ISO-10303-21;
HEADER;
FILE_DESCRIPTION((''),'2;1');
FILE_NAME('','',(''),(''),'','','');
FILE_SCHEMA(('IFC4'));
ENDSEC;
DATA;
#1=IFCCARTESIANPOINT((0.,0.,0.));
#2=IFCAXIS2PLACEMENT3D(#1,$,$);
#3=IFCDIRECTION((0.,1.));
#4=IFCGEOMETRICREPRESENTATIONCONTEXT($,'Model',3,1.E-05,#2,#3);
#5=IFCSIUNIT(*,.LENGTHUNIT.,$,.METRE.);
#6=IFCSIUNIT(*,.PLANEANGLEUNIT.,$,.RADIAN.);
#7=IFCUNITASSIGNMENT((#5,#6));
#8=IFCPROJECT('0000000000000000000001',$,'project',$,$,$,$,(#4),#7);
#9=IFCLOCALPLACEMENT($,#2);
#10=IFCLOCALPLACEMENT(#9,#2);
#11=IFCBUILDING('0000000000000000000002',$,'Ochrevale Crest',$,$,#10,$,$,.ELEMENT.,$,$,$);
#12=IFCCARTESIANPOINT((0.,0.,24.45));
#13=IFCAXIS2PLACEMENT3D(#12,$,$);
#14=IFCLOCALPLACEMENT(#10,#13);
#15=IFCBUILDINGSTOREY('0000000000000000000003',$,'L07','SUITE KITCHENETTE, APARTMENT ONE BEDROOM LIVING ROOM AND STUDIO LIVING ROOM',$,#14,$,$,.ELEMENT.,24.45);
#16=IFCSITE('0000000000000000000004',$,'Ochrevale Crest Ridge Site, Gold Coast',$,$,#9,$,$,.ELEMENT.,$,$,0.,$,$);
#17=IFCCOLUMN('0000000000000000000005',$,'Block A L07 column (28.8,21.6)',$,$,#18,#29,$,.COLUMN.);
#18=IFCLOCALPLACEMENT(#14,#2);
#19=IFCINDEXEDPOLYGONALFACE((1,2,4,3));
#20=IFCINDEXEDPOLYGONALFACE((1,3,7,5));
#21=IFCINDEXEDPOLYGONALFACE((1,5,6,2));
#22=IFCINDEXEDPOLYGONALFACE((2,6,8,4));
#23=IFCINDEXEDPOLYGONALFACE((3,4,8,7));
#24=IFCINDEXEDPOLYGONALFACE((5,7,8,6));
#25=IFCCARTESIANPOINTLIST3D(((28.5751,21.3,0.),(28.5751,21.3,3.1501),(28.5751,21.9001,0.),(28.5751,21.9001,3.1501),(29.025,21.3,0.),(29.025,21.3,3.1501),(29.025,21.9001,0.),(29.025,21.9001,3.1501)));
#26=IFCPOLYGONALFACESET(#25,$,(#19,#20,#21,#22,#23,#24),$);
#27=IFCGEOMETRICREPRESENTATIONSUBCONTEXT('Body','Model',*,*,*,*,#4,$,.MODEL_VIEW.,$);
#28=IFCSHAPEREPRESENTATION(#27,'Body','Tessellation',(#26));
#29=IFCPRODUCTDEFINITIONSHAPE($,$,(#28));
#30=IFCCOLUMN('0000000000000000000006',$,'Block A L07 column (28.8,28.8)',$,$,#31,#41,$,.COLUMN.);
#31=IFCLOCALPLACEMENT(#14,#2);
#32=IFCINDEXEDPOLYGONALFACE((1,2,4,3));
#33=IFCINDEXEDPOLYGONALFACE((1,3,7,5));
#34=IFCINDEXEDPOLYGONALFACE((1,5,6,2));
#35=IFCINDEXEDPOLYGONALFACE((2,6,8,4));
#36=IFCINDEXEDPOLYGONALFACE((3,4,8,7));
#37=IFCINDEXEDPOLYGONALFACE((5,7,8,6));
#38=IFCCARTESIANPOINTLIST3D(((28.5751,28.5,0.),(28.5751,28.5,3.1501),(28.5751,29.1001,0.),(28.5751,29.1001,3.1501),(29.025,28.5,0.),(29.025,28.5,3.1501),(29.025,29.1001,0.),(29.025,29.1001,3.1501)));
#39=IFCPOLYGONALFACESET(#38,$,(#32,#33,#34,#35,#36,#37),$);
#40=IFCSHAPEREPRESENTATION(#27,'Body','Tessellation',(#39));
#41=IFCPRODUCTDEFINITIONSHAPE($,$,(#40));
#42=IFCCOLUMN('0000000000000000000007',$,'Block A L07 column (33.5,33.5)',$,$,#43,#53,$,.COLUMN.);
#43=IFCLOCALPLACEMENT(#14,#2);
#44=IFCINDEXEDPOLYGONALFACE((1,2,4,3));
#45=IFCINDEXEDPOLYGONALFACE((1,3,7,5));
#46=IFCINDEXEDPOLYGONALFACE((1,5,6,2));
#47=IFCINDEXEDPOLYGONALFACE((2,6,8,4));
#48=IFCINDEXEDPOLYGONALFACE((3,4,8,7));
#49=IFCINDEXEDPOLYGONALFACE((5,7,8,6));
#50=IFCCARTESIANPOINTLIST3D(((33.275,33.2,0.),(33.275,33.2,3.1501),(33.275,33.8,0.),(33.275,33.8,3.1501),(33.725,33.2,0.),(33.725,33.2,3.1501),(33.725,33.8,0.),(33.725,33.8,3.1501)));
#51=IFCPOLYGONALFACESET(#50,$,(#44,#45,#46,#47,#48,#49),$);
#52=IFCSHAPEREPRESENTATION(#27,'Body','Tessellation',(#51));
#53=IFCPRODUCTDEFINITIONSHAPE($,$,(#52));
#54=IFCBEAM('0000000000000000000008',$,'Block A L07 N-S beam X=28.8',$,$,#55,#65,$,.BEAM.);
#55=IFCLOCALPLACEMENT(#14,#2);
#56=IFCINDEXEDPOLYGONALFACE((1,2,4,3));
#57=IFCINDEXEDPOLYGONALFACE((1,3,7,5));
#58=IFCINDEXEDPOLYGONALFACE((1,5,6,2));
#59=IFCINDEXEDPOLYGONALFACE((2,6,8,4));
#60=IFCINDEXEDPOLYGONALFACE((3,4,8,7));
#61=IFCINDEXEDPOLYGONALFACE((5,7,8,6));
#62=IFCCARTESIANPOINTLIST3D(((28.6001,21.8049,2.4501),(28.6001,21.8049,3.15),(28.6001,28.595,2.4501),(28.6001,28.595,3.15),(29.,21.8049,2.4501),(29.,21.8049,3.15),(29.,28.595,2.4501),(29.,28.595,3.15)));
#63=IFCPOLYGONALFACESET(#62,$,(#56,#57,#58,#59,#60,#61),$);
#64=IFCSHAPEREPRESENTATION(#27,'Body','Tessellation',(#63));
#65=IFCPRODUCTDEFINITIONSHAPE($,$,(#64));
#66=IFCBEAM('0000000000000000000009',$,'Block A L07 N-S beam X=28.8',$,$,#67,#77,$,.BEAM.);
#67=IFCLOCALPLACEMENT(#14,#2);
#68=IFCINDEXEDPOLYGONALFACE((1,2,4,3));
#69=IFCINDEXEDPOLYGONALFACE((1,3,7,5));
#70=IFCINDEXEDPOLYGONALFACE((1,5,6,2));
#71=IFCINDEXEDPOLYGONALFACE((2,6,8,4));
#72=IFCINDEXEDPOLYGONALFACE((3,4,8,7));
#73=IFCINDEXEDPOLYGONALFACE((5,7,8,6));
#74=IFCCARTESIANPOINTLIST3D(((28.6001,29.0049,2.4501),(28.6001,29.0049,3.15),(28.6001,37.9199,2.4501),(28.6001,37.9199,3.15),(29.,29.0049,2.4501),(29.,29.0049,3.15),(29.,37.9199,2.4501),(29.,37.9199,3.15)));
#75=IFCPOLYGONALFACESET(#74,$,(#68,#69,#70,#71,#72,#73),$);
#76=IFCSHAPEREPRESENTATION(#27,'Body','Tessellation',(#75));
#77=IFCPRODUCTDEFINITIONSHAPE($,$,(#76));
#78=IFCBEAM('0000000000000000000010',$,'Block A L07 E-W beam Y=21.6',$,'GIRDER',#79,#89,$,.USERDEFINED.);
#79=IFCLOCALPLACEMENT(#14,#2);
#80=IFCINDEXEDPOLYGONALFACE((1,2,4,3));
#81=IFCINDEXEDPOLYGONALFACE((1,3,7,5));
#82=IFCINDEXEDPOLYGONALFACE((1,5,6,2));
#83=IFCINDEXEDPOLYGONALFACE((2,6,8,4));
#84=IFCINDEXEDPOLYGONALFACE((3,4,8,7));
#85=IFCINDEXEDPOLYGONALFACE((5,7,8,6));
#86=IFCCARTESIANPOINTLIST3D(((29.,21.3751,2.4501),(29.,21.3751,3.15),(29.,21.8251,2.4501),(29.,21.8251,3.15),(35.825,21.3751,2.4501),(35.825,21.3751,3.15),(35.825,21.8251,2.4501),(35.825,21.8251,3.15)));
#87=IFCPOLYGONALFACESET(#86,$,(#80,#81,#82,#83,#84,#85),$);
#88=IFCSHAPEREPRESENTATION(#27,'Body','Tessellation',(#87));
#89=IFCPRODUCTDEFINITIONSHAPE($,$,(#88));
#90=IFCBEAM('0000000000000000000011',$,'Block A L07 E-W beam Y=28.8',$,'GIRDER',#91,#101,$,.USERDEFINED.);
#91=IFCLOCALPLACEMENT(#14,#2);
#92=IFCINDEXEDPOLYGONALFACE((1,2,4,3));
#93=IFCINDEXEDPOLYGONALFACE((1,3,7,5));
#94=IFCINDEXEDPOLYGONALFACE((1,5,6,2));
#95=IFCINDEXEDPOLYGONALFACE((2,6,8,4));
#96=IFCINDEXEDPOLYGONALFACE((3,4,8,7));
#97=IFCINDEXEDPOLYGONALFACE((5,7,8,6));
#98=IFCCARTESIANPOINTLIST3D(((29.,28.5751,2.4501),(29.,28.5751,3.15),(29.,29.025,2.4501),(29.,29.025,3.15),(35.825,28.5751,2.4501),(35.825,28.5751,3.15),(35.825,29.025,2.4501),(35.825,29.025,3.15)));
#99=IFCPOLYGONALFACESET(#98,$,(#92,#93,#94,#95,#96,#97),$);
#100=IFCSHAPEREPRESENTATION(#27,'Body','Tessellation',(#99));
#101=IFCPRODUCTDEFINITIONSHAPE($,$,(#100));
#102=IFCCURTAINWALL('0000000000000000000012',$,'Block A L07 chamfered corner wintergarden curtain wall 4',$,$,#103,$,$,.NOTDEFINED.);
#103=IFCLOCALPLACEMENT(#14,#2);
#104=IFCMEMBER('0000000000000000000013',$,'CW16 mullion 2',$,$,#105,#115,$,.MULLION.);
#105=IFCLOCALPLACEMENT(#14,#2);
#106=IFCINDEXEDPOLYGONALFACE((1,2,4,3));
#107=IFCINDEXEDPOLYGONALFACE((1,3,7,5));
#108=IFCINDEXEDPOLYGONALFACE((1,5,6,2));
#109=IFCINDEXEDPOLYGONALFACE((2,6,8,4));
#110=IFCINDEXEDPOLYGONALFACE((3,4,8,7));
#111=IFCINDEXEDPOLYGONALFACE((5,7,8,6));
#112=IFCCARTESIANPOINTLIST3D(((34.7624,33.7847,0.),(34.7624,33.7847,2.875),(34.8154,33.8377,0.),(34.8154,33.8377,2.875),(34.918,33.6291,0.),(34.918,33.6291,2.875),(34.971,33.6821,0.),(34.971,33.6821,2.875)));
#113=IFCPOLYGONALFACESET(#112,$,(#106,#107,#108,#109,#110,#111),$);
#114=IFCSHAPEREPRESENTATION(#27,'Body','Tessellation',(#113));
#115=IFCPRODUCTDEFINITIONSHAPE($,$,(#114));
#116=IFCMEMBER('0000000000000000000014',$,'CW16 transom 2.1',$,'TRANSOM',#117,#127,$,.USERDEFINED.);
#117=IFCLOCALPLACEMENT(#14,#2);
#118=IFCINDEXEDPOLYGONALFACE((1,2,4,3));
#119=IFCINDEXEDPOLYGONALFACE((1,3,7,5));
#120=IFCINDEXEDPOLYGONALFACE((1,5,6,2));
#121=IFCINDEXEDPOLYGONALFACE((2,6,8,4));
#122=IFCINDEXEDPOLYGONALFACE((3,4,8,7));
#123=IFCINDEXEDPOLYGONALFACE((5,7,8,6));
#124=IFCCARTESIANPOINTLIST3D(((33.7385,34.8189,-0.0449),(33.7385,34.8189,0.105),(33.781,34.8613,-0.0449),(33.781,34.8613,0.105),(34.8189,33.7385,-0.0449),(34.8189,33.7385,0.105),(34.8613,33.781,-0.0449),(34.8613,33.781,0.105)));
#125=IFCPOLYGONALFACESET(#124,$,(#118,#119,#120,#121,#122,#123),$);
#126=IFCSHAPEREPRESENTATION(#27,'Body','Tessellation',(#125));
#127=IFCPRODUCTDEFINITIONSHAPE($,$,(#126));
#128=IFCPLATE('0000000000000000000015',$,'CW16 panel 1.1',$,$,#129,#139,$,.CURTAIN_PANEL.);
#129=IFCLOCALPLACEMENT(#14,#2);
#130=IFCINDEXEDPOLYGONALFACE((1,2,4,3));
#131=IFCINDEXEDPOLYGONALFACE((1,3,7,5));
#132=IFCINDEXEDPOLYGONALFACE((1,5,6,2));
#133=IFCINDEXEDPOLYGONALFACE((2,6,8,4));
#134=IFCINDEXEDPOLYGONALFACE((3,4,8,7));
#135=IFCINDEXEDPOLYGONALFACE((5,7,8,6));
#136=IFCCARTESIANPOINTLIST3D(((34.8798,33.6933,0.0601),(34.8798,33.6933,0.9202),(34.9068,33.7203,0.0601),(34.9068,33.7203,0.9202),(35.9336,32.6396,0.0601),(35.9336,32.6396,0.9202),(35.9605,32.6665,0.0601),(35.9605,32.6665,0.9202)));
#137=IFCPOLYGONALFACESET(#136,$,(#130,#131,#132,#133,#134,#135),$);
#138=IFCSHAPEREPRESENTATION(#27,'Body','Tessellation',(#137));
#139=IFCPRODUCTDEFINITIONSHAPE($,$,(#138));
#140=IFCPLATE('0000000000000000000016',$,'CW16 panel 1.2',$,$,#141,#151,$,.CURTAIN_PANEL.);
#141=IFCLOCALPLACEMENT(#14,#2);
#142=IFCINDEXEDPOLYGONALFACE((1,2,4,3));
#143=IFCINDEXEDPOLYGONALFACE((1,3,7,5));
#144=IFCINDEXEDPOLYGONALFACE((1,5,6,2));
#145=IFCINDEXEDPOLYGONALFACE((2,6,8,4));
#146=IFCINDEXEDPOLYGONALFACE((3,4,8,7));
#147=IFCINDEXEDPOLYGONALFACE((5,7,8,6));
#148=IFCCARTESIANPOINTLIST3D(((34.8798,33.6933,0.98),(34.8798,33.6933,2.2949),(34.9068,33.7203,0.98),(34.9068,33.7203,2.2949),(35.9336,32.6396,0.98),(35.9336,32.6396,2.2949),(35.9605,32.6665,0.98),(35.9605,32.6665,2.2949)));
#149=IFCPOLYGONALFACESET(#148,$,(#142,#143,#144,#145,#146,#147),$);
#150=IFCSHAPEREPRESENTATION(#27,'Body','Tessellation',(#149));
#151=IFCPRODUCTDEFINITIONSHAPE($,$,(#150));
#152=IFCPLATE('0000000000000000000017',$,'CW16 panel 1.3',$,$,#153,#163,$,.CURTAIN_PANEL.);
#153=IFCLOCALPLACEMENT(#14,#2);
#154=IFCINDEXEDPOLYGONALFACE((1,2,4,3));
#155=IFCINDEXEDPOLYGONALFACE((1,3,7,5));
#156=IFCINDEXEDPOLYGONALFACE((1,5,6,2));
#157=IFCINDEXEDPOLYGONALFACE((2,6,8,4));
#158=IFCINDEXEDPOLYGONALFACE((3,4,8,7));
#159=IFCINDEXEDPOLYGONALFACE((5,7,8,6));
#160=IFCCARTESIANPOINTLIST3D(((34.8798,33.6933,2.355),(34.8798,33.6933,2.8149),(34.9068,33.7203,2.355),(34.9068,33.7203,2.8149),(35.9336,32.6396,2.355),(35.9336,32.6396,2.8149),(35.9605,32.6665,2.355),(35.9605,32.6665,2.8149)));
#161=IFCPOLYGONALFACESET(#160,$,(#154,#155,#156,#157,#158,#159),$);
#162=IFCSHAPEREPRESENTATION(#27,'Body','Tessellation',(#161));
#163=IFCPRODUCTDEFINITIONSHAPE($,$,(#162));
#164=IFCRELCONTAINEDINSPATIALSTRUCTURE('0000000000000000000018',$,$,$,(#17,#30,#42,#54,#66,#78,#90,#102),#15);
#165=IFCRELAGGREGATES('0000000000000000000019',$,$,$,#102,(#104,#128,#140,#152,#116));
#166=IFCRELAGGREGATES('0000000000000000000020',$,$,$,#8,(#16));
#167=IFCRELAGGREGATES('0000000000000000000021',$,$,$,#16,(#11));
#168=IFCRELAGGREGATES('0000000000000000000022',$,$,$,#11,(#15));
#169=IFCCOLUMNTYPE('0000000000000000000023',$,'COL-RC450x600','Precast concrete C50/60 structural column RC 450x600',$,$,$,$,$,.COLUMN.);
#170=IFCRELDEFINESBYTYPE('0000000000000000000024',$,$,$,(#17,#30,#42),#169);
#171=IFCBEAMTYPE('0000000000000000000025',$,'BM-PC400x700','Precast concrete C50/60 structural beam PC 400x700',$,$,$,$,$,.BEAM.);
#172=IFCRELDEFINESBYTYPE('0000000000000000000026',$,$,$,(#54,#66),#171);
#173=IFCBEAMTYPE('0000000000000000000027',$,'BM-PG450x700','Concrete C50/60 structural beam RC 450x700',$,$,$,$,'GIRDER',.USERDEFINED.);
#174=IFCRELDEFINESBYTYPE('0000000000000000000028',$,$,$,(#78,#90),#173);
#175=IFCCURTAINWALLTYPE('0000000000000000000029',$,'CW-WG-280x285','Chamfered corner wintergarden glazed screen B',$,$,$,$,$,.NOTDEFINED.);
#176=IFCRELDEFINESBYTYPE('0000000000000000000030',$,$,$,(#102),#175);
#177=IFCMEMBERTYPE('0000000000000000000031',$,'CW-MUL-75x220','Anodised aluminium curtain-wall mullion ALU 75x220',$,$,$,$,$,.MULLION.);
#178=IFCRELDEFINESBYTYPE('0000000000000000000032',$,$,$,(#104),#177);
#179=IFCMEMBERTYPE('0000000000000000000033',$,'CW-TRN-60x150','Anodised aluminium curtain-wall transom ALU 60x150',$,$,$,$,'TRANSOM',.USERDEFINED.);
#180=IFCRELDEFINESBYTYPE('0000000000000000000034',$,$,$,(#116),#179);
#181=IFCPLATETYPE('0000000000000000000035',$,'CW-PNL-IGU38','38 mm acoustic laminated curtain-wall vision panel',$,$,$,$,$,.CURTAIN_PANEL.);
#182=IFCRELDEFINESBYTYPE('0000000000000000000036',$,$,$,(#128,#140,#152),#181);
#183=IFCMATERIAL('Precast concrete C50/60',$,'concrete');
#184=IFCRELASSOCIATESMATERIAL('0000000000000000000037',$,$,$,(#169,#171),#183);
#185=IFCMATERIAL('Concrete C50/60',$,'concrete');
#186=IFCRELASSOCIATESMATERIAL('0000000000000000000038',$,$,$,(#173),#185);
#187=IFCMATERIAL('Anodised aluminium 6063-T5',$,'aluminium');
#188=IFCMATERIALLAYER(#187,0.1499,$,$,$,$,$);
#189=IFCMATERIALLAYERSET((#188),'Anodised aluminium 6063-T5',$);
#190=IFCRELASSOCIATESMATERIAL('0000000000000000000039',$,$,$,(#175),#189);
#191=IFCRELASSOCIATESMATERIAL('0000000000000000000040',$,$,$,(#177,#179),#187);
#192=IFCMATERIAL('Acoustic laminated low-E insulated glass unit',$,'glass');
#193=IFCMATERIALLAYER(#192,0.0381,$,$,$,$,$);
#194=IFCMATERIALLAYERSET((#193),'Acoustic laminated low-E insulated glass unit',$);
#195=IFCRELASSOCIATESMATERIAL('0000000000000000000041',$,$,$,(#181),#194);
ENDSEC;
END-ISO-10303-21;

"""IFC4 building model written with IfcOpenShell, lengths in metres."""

from ifc_helpers import new_model, si_unit, direction, frame, origin, origin_2d, place, context, subcontext, project, spatial, rectangle, extrude, material, layer, layer_set, material_profile, profile_set, type_object, element, aggregate, save


model = new_model("IFC4")

# Units and contexts
model_context = context("Model", 3, precision=1e-05, world=origin(), true_north=direction((0.0, 1.0)))
body_context = subcontext(model_context, "Body", "Model", "MODEL_VIEW")
ifc_project = project(units=[si_unit("LENGTHUNIT", "METRE"), si_unit("PLANEANGLEUNIT", "RADIAN")], contexts=[model_context])

# Site, building, storey
site_placement = place(None, origin())
site = spatial("IfcSite", under=ifc_project, at=site_placement, Name="Ochrevale Crest Ridge Site, Gold Coast", CompositionType="ELEMENT", RefElevation=0.0)
building_placement = place(site_placement, origin())
building = spatial("IfcBuilding", under=site, at=building_placement, Name="Ochrevale Crest", CompositionType="ELEMENT")
storey_placement = place(building_placement, frame((0.0, 0.0, 24.45)))
storey = spatial("IfcBuildingStorey", under=building, at=storey_placement, Name="L07", Description="SUITE KITCHENETTE, APARTMENT ONE BEDROOM LIVING ROOM AND STUDIO LIVING ROOM", CompositionType="ELEMENT", Elevation=24.45)

# Columns
ifc_material_1 = material(Name="Precast concrete C50/60", Category="concrete")
ifc_material_profile_1 = material_profile(ifc_material_1, rectangle(XDim=0.45, YDim=0.6001, at=origin_2d()), Name="RC 450x600")
ifc_profile_set_1 = profile_set([ifc_material_profile_1], Name="Precast concrete C50/60")
column_type = type_object("IfcColumnType", Name="COL-RC450x600", Description="Precast concrete C50/60 structural column RC 450x600", PredefinedType="COLUMN", material=ifc_profile_set_1)
for number, where, z_axis, x_axis, name in (
    (1, (28.8, 21.6001, 0.0), (0.0, 0.0, 1.0), (1.0, 0.0, 0.0), "Block A L07 column (28.8,21.6)"),
    (2, (28.8, 28.8, 0.0), (0.0, 0.0, 1.0), (1.0, 0.0, 0.0), "Block A L07 column (28.8,28.8)"),
    (3, (33.5, 33.5, 0.0), (0.0, 0.0, 1.0), (1.0, 0.0, 0.0), "Block A L07 column (33.5,33.5)"),
):
    element("IfcColumn", number, at=place(storey_placement, frame(where, z_axis=z_axis, x_axis=x_axis)), inside=storey, type_object=column_type, Name=name, PredefinedType="COLUMN", context=body_context, shape_type="SweptSolid", body=[
        extrude(rectangle(XDim=0.45, YDim=0.6001, at=origin_2d()), origin(), (0.0, 0.0, 1.0), 3.1501),
    ])

# Beams
ifc_material_profile_2 = material_profile(ifc_material_1, rectangle(XDim=0.3999, YDim=0.7, at=origin_2d()), Name="PC 400x700")
ifc_profile_set_2 = profile_set([ifc_material_profile_2], Name="Precast concrete C50/60")
beam_type_1 = type_object("IfcBeamType", Name="BM-PC400x700", Description="Precast concrete C50/60 structural beam PC 400x700", PredefinedType="BEAM", material=ifc_profile_set_2)
beam_1_placement = place(storey_placement, frame((28.8, 21.8049, 2.8), z_axis=(0.0, 1.0, 0.0), x_axis=(-1.0, 0.0, 0.0)))
element("IfcBeam", 4, at=beam_1_placement, inside=storey, type_object=beam_type_1, Name="Block A L07 N-S beam X=28.8", PredefinedType="BEAM", context=body_context, shape_type="SweptSolid", body=[
    extrude(rectangle(XDim=0.3999, YDim=0.7, at=origin_2d()), origin(), (0.0, 0.0, 1.0), 6.79),
])
beam_2_placement = place(storey_placement, frame((28.8, 29.0049, 2.8), z_axis=(0.0, 1.0, 0.0), x_axis=(-1.0, 0.0, 0.0)))
element("IfcBeam", 5, at=beam_2_placement, inside=storey, type_object=beam_type_1, Name="Block A L07 N-S beam X=28.8", PredefinedType="BEAM", context=body_context, shape_type="SweptSolid", body=[
    extrude(rectangle(XDim=0.3999, YDim=0.7, at=origin_2d()), origin(), (0.0, 0.0, 1.0), 8.915),
])
ifc_material_2 = material(Name="Concrete C50/60", Category="concrete")
ifc_material_profile_3 = material_profile(ifc_material_2, rectangle(XDim=0.45, YDim=0.7, at=origin_2d()), Name="RC 450x700")
ifc_profile_set_3 = profile_set([ifc_material_profile_3], Name="Concrete C50/60")
beam_type_2 = type_object("IfcBeamType", Name="BM-PG450x700", Description="Concrete C50/60 structural beam RC 450x700", ElementType="GIRDER", PredefinedType="USERDEFINED", material=ifc_profile_set_3)
for number, where, z_axis, x_axis, name in (
    (6, (29.0, 21.6001, 2.8), (1.0, 0.0, 0.0), (0.0, 1.0, 0.0), "Block A L07 E-W beam Y=21.6"),
    (7, (29.0, 28.8, 2.8), (1.0, 0.0, 0.0), (0.0, 1.0, 0.0), "Block A L07 E-W beam Y=28.8"),
):
    element("IfcBeam", number, at=place(storey_placement, frame(where, z_axis=z_axis, x_axis=x_axis)), inside=storey, type_object=beam_type_2, Name=name, ObjectType="GIRDER", PredefinedType="USERDEFINED", context=body_context, shape_type="SweptSolid", body=[
        extrude(rectangle(XDim=0.45, YDim=0.7, at=origin_2d()), origin(), (0.0, 0.0, 1.0), 6.825),
    ])

# Curtain wall, members, plates
ifc_material_3 = material(Name="Anodised aluminium 6063-T5", Category="aluminium")
ifc_layer_1 = layer(ifc_material_3, 0.1499)
ifc_layer_set_1 = layer_set([ifc_layer_1], Name="Anodised aluminium 6063-T5")
curtain_wall_type = type_object("IfcCurtainWallType", Name="CW-WG-280x285", Description="Chamfered corner wintergarden glazed screen B", PredefinedType="NOTDEFINED", material=ifc_layer_set_1)
curtain_wall_placement = place(storey_placement, origin())
curtain_wall = element("IfcCurtainWall", 8, at=curtain_wall_placement, inside=storey, type_object=curtain_wall_type, Name="Block A L07 chamfered corner wintergarden curtain wall 4", PredefinedType="NOTDEFINED")
ifc_material_profile_4 = material_profile(ifc_material_3, rectangle(XDim=0.075, YDim=0.22, at=origin_2d()), Name="ALU 75x220")
ifc_profile_set_4 = profile_set([ifc_material_profile_4], Name="Anodised aluminium 6063-T5")
member_type_1 = type_object("IfcMemberType", Name="CW-MUL-75x220", Description="Anodised aluminium curtain-wall mullion ALU 75x220", PredefinedType="MULLION", material=ifc_profile_set_4)
member_1_placement = place(storey_placement, frame((34.8667, 33.7334, 0.0), z_axis=(0.0, 0.0, 1.0), x_axis=(-0.707107, -0.707107, 0.0)))
member_1 = element("IfcMember", 9, at=member_1_placement, type_object=member_type_1, Name="CW16 mullion 2", PredefinedType="MULLION", context=body_context, shape_type="SweptSolid", body=[
    extrude(rectangle(XDim=0.075, YDim=0.22, at=origin_2d()), origin(), (0.0, 0.0, 1.0), 2.875),
])
ifc_material_profile_5 = material_profile(ifc_material_3, rectangle(XDim=0.0601, YDim=0.1499, at=origin_2d()), Name="ALU 60x150")
ifc_profile_set_5 = profile_set([ifc_material_profile_5], Name="Anodised aluminium 6063-T5")
member_type_2 = type_object("IfcMemberType", Name="CW-TRN-60x150", Description="Anodised aluminium curtain-wall transom ALU 60x150", ElementType="TRANSOM", PredefinedType="USERDEFINED", material=ifc_profile_set_5)
member_2_placement = place(storey_placement, frame((34.8401, 33.7598, 0.03), z_axis=(-0.707107, 0.707107, 0.0), x_axis=(-0.707107, -0.707107, 0.0)))
member_2 = element("IfcMember", 10, at=member_2_placement, type_object=member_type_2, Name="CW16 transom 2.1", ObjectType="TRANSOM", PredefinedType="USERDEFINED", context=body_context, shape_type="SweptSolid", body=[
    extrude(rectangle(XDim=0.0601, YDim=0.1499, at=origin_2d()), origin(), (0.0, 0.0, 1.0), 1.5278),
])
ifc_material_4 = material(Name="Acoustic laminated low-E insulated glass unit", Category="glass")
ifc_layer_2 = layer(ifc_material_4, 0.0381)
ifc_layer_set_2 = layer_set([ifc_layer_2], Name="Acoustic laminated low-E insulated glass unit")
plate_type = type_object("IfcPlateType", Name="CW-PNL-IGU38", Description="38 mm acoustic laminated curtain-wall vision panel", PredefinedType="CURTAIN_PANEL", material=ifc_layer_set_2)
plate_1_placement = place(storey_placement, frame((35.4202, 33.1799, 0.0601), z_axis=(0.0, 0.0, 1.0), x_axis=(-0.707107, 0.707107, 0.0)))
plate_1 = element("IfcPlate", 11, at=plate_1_placement, type_object=plate_type, Name="CW16 panel 1.1", PredefinedType="CURTAIN_PANEL", context=body_context, shape_type="SweptSolid", body=[
    extrude(rectangle(XDim=1.4902, YDim=0.0381, at=origin_2d()), origin(), (0.0, 0.0, 1.0), 0.8601),
])
plate_2_placement = place(storey_placement, frame((35.4202, 33.1799, 0.98), z_axis=(0.0, 0.0, 1.0), x_axis=(-0.707107, 0.707107, 0.0)))
plate_2 = element("IfcPlate", 12, at=plate_2_placement, type_object=plate_type, Name="CW16 panel 1.2", PredefinedType="CURTAIN_PANEL", context=body_context, shape_type="SweptSolid", body=[
    extrude(rectangle(XDim=1.4902, YDim=0.0381, at=origin_2d()), origin(), (0.0, 0.0, 1.0), 1.3149),
])
plate_3_placement = place(storey_placement, frame((35.4202, 33.1799, 2.355), z_axis=(0.0, 0.0, 1.0), x_axis=(-0.707107, 0.707107, 0.0)))
plate_3 = element("IfcPlate", 13, at=plate_3_placement, type_object=plate_type, Name="CW16 panel 1.3", PredefinedType="CURTAIN_PANEL", context=body_context, shape_type="SweptSolid", body=[
    extrude(rectangle(XDim=1.4902, YDim=0.0381, at=origin_2d()), origin(), (0.0, 0.0, 1.0), 0.46),
])
aggregate(curtain_wall, [member_1, plate_1, plate_2, plate_3, member_2])

save(model, "model.ifc")
